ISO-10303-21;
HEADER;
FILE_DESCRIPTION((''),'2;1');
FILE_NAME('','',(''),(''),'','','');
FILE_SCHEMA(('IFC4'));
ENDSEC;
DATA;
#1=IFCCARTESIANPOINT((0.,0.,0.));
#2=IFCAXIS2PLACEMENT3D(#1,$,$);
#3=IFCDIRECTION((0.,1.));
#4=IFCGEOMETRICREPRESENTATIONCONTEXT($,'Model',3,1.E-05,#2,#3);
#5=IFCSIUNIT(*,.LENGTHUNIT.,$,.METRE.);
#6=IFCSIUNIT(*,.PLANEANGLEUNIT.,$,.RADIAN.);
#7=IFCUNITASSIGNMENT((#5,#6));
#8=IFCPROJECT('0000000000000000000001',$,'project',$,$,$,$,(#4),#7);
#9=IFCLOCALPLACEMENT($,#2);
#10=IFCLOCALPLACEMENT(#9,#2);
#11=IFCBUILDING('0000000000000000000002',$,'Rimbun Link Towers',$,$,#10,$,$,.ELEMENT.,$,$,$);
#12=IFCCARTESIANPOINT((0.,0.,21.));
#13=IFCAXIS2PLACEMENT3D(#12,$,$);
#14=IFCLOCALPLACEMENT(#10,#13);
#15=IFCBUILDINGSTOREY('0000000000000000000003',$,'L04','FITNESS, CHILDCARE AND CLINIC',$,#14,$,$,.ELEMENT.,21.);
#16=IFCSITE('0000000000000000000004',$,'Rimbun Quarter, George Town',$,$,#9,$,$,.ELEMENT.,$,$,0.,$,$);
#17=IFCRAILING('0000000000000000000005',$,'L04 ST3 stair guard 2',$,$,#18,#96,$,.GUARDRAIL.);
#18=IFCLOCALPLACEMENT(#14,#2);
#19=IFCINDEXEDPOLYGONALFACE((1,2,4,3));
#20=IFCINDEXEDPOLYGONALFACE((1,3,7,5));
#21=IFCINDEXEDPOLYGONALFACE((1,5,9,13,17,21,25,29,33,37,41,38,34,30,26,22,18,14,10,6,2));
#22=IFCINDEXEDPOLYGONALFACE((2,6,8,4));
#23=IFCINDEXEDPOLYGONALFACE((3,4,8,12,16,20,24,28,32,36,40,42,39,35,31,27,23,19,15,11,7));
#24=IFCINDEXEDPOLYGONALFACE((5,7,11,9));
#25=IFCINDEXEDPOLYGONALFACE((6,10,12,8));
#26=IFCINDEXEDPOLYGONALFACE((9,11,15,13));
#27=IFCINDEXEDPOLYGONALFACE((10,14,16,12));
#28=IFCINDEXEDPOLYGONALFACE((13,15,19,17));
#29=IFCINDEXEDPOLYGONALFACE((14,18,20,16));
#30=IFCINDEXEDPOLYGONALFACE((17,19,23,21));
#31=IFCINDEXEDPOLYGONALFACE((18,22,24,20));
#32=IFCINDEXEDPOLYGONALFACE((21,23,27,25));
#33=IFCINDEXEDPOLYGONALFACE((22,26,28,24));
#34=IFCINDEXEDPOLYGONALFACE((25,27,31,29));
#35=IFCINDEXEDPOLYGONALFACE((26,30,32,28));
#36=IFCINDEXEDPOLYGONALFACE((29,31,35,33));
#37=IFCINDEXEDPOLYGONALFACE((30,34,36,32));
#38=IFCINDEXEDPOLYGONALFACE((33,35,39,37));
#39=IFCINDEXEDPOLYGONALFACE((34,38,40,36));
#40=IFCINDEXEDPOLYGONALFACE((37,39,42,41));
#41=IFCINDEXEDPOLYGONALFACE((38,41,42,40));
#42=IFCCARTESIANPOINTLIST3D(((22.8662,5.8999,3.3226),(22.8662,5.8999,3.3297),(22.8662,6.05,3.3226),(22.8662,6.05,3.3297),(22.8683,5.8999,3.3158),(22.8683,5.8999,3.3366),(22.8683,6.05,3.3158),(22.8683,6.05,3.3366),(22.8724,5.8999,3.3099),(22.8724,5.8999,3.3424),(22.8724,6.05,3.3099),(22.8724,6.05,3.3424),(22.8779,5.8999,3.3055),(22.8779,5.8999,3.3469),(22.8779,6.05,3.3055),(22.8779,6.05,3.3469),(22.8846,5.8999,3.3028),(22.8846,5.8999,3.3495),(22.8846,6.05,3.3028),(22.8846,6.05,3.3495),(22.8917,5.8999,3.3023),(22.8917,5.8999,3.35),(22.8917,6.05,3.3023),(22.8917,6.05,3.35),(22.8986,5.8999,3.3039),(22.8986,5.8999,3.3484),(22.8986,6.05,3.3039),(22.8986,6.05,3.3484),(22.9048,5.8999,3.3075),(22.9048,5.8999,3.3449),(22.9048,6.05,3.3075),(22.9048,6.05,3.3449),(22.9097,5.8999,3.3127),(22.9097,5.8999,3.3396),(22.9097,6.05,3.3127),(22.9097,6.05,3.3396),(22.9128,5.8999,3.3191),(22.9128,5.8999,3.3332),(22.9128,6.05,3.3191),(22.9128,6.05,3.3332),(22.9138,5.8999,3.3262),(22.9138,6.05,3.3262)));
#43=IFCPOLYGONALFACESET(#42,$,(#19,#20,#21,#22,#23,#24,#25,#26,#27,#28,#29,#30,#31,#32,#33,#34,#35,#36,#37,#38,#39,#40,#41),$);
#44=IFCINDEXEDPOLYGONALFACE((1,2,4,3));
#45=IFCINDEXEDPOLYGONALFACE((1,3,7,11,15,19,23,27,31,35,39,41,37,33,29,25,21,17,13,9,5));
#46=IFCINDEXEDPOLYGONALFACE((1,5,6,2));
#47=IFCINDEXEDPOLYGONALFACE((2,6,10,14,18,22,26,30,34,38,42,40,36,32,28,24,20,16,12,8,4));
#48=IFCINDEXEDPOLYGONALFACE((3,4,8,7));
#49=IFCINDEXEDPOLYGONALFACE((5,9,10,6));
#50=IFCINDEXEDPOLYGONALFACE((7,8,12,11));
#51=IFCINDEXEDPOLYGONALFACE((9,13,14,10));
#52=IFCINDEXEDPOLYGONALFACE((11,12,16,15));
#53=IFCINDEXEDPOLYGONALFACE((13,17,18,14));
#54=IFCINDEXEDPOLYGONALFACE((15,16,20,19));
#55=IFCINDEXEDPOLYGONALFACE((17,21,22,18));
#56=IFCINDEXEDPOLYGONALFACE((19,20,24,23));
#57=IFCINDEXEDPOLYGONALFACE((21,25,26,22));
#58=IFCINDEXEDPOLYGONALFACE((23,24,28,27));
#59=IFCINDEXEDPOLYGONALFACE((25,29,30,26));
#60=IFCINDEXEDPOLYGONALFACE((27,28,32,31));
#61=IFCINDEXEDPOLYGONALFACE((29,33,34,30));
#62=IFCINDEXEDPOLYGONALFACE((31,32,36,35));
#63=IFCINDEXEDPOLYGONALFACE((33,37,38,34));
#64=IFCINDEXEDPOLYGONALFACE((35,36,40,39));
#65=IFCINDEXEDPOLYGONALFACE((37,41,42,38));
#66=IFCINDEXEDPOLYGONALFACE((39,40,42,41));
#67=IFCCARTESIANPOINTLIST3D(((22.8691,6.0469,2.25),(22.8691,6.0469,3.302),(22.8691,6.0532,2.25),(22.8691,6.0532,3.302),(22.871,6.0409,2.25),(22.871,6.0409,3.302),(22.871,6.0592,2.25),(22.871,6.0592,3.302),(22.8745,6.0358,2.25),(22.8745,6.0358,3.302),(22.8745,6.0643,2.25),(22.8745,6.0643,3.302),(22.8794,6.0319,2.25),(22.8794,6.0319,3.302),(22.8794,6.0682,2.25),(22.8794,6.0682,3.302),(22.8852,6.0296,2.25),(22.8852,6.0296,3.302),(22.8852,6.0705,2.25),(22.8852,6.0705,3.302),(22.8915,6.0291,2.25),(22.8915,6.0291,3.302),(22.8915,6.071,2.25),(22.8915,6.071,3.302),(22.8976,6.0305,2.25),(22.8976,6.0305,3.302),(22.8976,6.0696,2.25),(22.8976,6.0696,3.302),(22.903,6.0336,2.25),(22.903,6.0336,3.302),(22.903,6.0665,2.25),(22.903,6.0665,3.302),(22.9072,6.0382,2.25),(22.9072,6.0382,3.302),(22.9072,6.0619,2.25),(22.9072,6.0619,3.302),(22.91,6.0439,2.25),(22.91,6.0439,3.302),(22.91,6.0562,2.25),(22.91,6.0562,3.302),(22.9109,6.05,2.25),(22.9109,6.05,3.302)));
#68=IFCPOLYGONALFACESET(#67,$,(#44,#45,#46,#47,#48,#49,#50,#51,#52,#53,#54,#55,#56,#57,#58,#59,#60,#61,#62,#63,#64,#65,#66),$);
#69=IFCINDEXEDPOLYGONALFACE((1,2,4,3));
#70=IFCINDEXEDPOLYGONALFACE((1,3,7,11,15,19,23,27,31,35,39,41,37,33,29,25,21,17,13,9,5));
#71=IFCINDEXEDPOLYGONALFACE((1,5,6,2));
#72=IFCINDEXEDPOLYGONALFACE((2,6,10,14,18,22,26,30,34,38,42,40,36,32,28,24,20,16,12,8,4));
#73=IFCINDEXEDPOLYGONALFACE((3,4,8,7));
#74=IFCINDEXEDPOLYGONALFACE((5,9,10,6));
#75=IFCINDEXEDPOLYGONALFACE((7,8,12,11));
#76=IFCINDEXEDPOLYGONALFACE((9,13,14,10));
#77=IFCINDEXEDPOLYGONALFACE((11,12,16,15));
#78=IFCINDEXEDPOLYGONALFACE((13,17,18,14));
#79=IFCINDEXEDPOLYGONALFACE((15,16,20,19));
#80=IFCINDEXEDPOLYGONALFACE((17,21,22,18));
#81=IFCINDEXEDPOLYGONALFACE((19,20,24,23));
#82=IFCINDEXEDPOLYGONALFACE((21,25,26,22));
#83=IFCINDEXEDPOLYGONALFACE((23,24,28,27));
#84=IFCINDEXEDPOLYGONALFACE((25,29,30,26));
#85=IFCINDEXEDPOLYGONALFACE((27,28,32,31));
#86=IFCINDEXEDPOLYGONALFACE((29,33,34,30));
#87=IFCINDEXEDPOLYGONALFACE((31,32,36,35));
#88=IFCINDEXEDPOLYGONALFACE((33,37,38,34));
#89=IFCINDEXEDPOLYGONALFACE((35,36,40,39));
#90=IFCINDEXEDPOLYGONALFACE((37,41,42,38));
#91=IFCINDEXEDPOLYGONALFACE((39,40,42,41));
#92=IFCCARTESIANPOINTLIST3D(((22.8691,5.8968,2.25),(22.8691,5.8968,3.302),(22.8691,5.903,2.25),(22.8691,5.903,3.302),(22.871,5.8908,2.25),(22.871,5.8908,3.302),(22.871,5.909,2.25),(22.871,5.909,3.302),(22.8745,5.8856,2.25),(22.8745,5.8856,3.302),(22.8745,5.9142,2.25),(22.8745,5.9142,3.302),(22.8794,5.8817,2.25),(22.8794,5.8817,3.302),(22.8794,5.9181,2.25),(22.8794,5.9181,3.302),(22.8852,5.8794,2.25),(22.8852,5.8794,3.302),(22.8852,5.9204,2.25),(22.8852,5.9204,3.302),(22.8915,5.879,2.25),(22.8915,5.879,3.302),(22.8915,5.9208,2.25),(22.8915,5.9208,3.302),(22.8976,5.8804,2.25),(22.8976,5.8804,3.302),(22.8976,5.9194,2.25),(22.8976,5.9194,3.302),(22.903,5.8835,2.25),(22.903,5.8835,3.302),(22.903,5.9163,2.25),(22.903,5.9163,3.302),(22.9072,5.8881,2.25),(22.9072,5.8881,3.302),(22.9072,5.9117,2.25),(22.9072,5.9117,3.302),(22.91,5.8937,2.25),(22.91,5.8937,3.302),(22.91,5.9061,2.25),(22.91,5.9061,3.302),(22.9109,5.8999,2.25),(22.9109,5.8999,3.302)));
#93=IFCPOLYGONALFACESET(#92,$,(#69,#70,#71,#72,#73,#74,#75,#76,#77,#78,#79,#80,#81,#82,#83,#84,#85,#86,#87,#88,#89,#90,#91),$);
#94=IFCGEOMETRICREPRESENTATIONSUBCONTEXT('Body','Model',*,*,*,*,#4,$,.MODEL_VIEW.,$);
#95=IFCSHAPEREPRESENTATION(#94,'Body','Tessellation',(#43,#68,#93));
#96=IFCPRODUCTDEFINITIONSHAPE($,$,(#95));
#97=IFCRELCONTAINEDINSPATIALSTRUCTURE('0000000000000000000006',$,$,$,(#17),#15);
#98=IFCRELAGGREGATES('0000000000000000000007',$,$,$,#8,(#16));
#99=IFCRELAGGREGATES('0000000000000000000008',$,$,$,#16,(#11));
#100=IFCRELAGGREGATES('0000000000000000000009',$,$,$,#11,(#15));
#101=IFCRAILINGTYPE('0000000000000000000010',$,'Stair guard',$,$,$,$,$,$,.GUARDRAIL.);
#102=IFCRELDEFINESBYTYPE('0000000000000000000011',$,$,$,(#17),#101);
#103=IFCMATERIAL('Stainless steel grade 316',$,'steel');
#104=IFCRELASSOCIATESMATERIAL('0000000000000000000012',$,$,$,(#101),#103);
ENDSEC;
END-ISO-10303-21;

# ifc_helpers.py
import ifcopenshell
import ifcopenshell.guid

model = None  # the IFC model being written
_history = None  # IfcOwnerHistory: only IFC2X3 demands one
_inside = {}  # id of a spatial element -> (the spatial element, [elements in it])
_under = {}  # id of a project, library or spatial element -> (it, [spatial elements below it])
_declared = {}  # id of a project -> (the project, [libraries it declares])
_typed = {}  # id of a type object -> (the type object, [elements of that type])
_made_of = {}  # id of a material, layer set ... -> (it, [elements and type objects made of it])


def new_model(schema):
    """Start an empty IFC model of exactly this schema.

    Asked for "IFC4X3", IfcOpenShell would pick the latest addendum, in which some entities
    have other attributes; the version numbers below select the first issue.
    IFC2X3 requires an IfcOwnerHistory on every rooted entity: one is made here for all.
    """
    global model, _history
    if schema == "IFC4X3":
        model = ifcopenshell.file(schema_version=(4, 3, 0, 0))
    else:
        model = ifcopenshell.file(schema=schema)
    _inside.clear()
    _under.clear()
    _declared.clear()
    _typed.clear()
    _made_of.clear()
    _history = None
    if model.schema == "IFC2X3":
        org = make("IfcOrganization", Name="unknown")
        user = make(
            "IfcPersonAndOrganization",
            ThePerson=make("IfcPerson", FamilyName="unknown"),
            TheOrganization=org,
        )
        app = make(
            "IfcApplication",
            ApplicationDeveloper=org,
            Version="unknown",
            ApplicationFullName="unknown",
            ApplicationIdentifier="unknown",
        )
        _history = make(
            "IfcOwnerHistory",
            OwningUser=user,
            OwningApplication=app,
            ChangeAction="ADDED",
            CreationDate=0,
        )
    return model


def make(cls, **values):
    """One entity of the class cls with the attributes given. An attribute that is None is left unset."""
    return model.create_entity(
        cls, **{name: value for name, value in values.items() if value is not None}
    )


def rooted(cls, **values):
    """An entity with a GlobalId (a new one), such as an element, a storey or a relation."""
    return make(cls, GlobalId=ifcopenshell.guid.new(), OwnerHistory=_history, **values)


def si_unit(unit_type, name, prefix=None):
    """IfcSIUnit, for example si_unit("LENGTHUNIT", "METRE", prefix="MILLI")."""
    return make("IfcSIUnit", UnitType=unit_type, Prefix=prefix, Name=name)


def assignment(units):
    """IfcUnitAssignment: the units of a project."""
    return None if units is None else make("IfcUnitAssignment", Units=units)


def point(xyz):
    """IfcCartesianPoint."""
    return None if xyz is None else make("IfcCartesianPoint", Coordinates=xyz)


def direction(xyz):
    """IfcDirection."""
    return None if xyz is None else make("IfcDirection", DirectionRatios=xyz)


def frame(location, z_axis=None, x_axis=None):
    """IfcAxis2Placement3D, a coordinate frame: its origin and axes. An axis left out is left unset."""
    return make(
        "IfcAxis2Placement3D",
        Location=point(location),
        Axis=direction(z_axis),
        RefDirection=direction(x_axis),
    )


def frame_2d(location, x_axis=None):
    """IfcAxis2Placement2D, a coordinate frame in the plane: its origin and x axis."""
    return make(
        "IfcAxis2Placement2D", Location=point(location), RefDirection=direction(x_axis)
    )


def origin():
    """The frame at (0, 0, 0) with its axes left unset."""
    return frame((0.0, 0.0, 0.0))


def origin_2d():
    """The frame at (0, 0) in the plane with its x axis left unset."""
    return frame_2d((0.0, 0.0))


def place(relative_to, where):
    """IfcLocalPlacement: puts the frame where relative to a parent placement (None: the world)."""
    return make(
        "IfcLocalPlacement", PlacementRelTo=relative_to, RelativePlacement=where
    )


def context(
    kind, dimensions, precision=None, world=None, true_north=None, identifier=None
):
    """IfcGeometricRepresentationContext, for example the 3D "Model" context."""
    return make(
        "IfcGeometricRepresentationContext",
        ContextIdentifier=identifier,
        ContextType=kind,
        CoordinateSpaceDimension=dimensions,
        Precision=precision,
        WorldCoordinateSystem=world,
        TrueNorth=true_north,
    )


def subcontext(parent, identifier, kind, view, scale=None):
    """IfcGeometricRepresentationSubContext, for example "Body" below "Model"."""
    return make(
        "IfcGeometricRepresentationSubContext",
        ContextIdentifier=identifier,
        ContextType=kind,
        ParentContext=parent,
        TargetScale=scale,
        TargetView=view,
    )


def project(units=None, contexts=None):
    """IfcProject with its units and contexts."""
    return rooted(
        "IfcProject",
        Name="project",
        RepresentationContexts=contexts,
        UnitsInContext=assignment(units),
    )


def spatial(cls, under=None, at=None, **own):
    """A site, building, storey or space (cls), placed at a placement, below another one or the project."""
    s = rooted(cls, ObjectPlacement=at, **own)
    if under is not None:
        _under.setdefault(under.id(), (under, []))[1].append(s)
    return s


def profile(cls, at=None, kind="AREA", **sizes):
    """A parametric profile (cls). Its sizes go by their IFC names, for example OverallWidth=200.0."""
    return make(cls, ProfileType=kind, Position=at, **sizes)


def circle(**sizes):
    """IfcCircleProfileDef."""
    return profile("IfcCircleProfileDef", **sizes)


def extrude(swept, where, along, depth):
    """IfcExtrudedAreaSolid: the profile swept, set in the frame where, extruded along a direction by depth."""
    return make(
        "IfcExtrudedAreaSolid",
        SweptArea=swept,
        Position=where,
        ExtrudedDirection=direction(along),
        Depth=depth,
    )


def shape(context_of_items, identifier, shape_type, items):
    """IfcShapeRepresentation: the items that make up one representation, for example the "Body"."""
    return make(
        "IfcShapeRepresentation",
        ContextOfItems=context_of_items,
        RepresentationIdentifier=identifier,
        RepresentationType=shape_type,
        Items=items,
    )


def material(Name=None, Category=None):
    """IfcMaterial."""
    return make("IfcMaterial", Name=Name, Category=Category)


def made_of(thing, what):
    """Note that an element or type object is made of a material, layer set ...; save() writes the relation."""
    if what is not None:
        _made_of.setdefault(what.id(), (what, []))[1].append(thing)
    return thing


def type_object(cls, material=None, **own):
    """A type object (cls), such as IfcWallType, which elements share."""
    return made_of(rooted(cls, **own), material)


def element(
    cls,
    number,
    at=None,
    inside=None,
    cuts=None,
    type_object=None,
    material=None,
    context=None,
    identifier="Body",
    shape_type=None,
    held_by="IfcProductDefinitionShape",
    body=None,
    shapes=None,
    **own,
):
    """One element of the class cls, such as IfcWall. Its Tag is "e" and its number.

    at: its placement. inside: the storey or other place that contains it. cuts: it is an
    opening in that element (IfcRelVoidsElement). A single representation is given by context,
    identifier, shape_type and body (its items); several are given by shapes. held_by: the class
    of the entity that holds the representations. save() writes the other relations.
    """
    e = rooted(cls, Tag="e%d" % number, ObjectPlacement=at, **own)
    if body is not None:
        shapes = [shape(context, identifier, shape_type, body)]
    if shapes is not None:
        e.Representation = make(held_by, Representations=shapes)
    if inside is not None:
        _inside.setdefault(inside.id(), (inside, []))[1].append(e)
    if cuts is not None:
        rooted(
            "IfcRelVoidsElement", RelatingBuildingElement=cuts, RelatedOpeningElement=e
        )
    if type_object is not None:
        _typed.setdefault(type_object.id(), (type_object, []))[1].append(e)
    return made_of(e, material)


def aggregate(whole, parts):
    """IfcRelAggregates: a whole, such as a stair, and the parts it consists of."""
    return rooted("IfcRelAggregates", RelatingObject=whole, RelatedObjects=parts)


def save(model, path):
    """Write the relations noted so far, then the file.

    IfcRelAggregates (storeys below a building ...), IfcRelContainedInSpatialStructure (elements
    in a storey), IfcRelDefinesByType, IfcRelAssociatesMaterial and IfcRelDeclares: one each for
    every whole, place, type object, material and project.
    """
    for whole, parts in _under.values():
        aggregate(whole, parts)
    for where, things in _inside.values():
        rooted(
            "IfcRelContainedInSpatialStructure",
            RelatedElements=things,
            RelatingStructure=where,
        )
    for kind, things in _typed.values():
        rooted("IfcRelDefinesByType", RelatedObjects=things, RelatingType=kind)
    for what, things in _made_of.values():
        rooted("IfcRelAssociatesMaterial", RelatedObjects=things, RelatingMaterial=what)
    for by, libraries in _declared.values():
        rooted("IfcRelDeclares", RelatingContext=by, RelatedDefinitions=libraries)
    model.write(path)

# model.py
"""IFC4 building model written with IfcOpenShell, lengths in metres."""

from ifc_helpers import new_model, si_unit, direction, frame, origin, origin_2d, place, context, subcontext, project, spatial, circle, extrude, material, type_object, element, save


model = new_model("IFC4")

# Units and contexts
model_context = context("Model", 3, precision=1e-05, world=origin(), true_north=direction((0.0, 1.0)))
body_context = subcontext(model_context, "Body", "Model", "MODEL_VIEW")
ifc_project = project(units=[si_unit("LENGTHUNIT", "METRE"), si_unit("PLANEANGLEUNIT", "RADIAN")], contexts=[model_context])

# Site, building, storey
site_placement = place(None, origin())
site = spatial("IfcSite", under=ifc_project, at=site_placement, Name="Rimbun Quarter, George Town", CompositionType="ELEMENT", RefElevation=0.0)
building_placement = place(site_placement, origin())
building = spatial("IfcBuilding", under=site, at=building_placement, Name="Rimbun Link Towers", CompositionType="ELEMENT")
storey_placement = place(building_placement, frame((0.0, 0.0, 21.0)))
storey = spatial("IfcBuildingStorey", under=building, at=storey_placement, Name="L04", Description="FITNESS, CHILDCARE AND CLINIC", CompositionType="ELEMENT", Elevation=21.0)

# Railing
ifc_material_1 = material(Name="Stainless steel grade 316", Category="steel")
railing_type_1 = type_object("IfcRailingType", Name="Stair guard", PredefinedType="GUARDRAIL", material=ifc_material_1)
railing_1_placement = place(storey_placement, frame((22.8899, 6.05, 2.25)))
element("IfcRailing", 1, at=railing_1_placement, inside=storey, type_object=railing_type_1, Name="L04 ST3 stair guard 2", PredefinedType="GUARDRAIL", context=body_context, shape_type="SweptSolid", body=[
    extrude(circle(Radius=0.0239, at=origin_2d()), frame((0.0, 0.0, 1.0762), z_axis=(0.0, -1.0, 0.0), x_axis=(1.0, 0.0, 0.0)), (0.0, 0.0, 1.0), 0.1501),
    extrude(circle(Radius=0.021, at=origin_2d()), origin(), (0.0, 0.0, 1.0), 1.052),
    extrude(circle(Radius=0.021, at=origin_2d()), frame((0.0, -0.1501, 0.0)), (0.0, 0.0, 1.0), 1.052),
])

save(model, "model.ifc")
